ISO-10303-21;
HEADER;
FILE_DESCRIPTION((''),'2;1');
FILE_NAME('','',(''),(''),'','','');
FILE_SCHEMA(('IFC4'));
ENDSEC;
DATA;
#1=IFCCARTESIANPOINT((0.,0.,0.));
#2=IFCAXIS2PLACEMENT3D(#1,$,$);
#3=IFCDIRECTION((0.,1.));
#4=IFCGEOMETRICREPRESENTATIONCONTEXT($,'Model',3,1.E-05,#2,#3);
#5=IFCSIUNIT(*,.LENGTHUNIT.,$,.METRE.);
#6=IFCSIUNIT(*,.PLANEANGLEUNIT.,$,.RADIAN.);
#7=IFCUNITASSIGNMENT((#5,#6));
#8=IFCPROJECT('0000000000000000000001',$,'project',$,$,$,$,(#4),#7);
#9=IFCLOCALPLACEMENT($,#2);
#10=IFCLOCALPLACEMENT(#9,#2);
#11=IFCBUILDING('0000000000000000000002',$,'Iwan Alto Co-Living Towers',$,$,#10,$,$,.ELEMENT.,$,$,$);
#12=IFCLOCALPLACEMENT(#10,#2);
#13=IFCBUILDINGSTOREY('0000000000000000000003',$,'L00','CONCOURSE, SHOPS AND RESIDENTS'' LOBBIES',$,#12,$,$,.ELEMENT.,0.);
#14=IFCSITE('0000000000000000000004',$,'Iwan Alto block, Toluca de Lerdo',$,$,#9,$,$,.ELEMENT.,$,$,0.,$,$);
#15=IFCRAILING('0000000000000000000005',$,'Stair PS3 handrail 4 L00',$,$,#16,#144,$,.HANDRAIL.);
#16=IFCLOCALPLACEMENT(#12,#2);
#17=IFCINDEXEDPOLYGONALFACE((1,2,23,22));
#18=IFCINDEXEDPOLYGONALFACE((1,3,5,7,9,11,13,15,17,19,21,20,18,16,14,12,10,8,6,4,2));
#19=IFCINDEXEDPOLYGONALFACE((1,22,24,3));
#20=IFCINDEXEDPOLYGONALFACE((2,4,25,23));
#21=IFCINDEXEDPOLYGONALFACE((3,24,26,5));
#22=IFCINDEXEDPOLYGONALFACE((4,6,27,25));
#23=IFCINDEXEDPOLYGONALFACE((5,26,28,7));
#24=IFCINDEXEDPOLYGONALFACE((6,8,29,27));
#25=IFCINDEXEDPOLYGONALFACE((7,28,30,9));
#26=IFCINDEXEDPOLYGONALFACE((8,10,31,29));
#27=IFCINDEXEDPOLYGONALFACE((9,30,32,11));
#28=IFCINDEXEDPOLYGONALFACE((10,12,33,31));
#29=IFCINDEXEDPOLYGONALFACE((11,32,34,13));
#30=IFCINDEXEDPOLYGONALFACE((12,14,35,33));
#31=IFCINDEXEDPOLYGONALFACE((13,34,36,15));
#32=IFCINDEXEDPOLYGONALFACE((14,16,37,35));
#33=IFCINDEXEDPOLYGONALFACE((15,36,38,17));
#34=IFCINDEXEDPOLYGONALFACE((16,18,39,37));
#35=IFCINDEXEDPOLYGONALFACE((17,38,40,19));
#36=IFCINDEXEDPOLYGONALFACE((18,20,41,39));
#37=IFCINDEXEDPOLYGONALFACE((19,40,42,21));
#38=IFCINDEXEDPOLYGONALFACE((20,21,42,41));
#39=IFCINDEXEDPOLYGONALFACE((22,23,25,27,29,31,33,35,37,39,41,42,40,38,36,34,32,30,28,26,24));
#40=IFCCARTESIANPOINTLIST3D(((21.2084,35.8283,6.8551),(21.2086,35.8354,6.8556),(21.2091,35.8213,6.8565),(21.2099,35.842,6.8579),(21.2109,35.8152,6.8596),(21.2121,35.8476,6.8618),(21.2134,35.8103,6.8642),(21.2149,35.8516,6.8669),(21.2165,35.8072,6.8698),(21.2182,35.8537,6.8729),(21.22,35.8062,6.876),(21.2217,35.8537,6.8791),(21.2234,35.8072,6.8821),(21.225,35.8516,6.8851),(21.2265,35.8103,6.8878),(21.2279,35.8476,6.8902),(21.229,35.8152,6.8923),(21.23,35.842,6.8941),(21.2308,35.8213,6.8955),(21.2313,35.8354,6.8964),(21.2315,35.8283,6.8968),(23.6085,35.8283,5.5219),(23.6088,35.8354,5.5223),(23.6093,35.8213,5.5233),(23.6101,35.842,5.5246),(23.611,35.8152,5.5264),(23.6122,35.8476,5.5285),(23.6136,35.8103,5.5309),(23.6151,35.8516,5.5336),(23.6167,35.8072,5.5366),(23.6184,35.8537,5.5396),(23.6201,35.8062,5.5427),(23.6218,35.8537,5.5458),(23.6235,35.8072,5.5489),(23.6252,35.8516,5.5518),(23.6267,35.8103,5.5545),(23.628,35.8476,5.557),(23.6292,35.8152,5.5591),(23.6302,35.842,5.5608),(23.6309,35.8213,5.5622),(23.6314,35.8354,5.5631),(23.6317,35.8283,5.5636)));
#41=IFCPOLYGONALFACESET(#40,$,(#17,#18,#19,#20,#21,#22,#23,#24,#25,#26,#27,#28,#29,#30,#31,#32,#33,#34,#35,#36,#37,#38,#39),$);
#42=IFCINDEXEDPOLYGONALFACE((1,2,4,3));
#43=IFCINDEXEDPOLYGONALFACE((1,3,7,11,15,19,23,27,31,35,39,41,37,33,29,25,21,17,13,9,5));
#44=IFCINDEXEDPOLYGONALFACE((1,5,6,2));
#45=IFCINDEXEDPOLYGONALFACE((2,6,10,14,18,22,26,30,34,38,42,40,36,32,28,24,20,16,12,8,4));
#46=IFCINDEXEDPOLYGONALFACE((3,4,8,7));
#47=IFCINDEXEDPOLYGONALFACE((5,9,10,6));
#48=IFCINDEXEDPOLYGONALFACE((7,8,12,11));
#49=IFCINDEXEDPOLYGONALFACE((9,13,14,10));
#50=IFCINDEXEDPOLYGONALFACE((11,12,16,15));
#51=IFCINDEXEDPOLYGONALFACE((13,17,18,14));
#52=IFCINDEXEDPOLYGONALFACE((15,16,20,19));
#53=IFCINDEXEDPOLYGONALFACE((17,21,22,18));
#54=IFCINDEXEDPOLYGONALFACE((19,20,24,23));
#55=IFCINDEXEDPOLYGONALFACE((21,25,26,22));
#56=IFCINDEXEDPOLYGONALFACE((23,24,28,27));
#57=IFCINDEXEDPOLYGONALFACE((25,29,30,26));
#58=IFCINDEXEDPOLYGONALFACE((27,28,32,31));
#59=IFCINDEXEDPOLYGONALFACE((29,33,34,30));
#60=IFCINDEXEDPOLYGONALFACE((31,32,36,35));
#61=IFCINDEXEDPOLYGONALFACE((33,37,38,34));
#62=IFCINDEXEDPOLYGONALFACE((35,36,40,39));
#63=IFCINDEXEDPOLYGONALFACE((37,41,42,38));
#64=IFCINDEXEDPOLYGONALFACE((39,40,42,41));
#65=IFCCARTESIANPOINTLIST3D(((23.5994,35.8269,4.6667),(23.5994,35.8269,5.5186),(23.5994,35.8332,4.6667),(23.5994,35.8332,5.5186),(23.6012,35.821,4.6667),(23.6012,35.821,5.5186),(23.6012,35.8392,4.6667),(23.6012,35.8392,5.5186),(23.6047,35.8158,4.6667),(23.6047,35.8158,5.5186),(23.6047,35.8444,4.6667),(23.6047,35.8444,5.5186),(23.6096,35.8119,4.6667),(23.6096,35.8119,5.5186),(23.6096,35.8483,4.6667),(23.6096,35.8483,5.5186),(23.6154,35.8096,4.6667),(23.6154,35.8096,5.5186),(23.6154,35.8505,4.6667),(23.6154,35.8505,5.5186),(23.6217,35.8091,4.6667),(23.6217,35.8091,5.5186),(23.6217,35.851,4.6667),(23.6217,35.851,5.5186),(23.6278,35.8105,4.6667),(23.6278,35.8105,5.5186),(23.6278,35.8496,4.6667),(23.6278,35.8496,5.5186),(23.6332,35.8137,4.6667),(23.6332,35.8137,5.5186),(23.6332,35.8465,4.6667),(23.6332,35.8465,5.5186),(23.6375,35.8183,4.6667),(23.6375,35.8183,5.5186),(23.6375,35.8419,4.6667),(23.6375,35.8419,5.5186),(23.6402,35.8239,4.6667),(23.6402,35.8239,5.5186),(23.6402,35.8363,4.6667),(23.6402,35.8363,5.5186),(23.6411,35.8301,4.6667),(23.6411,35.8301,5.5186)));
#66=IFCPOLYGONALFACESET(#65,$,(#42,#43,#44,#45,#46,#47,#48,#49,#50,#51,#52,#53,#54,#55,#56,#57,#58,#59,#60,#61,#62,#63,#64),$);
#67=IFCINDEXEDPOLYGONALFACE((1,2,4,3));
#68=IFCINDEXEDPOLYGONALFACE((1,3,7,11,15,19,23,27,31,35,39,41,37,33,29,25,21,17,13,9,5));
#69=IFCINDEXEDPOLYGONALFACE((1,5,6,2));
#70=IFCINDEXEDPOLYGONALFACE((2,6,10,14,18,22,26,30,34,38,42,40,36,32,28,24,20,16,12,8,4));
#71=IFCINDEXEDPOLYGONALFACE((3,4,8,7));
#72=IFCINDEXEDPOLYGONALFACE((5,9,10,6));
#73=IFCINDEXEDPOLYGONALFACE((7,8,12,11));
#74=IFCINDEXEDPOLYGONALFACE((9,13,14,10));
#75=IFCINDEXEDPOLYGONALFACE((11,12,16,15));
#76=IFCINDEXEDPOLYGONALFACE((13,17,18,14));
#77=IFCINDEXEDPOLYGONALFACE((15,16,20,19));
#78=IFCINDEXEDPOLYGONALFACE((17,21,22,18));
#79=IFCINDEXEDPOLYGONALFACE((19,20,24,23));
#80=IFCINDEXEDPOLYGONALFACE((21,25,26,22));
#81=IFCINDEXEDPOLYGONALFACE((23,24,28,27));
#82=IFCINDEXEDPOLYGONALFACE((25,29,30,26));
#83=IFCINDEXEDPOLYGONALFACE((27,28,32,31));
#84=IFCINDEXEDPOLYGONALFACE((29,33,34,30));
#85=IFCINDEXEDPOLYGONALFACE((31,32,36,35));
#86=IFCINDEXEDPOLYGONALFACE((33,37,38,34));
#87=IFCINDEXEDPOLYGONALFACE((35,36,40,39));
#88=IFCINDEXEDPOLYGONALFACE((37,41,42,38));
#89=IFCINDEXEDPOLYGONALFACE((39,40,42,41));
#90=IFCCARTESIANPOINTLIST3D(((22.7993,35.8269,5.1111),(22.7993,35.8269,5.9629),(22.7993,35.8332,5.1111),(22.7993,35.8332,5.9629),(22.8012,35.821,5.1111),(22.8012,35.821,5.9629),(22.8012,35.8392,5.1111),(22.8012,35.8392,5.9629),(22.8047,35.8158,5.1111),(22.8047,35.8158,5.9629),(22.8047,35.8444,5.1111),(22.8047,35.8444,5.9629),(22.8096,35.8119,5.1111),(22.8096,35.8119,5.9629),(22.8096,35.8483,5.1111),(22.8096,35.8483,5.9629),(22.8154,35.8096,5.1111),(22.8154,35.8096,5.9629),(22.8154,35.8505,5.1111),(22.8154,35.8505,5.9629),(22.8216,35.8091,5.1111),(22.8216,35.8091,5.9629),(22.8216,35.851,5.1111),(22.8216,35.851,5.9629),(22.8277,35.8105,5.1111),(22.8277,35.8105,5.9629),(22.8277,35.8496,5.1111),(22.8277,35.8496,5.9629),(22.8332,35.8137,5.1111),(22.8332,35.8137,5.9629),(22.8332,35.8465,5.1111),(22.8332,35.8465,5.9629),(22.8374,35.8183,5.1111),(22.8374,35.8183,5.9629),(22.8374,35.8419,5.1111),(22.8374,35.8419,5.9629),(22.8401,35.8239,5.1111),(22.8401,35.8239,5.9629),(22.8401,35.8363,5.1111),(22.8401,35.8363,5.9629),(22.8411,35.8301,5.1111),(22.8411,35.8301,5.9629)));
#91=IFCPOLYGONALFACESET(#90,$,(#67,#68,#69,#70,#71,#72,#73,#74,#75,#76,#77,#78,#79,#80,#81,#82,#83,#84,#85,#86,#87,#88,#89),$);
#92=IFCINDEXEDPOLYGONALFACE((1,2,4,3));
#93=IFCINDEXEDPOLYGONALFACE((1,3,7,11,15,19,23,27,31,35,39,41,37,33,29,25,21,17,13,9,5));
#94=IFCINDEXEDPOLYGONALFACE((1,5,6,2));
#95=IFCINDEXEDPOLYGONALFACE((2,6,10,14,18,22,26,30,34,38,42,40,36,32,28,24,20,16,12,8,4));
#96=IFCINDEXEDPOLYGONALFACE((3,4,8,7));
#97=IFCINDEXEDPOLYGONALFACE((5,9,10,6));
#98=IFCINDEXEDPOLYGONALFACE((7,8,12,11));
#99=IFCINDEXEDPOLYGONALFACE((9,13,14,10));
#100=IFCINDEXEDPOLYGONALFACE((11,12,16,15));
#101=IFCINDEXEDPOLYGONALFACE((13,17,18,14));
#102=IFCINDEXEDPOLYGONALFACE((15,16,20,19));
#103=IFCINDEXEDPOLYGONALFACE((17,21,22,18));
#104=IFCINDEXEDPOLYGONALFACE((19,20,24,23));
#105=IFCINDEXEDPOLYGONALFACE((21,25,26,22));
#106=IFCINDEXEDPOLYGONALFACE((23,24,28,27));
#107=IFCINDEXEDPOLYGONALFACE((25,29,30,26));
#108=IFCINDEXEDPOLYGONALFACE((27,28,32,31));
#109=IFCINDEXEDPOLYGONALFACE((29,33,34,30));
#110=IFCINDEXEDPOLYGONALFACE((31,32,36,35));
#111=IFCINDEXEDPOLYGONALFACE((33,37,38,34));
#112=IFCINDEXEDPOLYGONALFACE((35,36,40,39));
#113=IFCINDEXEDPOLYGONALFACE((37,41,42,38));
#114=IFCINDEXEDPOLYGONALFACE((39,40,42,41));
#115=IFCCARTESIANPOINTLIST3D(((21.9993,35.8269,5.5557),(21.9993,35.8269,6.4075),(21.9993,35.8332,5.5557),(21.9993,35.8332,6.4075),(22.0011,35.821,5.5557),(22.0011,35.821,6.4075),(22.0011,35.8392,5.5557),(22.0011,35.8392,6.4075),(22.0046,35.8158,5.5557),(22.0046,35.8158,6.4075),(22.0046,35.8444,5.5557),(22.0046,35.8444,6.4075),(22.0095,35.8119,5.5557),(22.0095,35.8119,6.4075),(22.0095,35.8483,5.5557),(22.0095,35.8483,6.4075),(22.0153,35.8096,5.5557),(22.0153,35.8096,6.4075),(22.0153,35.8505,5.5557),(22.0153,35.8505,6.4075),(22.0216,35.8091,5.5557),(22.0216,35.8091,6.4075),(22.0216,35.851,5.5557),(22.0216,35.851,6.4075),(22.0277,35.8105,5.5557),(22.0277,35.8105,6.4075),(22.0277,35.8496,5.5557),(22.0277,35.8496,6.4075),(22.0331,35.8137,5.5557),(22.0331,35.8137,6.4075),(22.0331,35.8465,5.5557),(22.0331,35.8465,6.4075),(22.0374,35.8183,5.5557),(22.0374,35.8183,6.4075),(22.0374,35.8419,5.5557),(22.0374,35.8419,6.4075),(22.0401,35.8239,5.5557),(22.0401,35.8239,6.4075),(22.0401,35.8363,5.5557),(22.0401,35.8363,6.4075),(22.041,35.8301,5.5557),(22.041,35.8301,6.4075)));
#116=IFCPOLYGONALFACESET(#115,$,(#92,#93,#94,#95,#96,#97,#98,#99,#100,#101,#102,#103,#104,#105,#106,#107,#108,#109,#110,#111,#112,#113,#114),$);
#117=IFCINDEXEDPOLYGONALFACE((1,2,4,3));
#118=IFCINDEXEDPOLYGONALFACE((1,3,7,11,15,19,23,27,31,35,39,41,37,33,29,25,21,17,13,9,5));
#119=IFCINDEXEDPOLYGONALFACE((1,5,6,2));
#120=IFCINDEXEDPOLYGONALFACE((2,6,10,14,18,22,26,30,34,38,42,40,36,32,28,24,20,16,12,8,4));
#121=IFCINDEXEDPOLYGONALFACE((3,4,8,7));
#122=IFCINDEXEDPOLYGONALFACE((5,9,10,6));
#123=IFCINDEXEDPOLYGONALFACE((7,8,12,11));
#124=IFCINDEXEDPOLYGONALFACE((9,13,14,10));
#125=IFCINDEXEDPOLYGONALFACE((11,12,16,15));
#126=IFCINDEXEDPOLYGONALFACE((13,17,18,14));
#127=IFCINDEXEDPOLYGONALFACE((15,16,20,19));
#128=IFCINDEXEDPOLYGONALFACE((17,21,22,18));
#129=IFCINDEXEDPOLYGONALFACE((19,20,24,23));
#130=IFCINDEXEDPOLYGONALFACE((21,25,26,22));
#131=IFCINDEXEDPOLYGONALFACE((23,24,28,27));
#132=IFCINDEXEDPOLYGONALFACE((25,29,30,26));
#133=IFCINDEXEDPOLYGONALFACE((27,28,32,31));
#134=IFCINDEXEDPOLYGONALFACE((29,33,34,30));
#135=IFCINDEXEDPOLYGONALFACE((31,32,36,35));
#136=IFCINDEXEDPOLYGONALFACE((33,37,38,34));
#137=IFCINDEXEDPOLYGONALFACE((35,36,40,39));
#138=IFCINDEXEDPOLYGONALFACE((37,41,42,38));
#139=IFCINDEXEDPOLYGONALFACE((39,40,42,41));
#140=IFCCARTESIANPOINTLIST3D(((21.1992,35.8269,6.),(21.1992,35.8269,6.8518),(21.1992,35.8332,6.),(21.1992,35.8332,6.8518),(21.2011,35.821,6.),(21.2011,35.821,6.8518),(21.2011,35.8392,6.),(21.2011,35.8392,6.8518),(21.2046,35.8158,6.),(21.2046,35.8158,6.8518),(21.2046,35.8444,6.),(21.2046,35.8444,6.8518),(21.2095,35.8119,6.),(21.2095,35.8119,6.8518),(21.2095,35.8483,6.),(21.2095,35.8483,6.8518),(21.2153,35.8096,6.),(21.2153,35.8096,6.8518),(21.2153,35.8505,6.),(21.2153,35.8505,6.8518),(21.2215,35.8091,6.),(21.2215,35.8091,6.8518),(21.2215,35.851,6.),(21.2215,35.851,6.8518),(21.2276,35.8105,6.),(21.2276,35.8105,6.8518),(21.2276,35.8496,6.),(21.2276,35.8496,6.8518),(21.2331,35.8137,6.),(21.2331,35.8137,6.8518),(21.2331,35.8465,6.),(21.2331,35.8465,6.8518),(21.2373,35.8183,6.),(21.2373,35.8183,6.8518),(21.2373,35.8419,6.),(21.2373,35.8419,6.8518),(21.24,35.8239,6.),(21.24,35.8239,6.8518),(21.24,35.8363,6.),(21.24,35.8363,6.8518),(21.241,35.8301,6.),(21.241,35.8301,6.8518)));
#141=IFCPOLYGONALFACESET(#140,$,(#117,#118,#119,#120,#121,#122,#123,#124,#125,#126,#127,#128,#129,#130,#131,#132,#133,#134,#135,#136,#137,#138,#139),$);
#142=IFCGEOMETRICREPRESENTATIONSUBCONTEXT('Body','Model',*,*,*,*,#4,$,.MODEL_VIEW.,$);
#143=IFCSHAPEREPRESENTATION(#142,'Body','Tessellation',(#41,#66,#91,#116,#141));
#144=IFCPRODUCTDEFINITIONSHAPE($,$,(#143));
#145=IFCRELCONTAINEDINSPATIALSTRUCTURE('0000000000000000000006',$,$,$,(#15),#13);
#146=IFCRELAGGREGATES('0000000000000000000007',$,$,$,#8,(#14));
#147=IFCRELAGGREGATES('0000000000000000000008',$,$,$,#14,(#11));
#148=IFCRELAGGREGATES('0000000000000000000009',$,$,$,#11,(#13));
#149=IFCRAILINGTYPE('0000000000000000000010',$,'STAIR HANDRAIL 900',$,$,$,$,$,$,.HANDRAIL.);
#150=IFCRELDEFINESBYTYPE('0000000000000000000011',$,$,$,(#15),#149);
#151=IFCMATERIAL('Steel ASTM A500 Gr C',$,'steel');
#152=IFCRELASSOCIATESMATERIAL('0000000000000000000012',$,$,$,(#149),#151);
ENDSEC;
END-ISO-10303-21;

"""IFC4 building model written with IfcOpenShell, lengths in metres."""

from ifc_helpers import new_model, si_unit, direction, frame, origin, origin_2d, place, context, subcontext, project, spatial, circle, extrude, material, type_object, element, save


model = new_model("IFC4")

# Units and contexts
model_context = context("Model", 3, precision=1e-05, world=origin(), true_north=direction((0.0, 1.0)))
body_context = subcontext(model_context, "Body", "Model", "MODEL_VIEW")
ifc_project = project(units=[si_unit("LENGTHUNIT", "METRE"), si_unit("PLANEANGLEUNIT", "RADIAN")], contexts=[model_context])

# Site, building, storey
site_placement = place(None, origin())
site = spatial("IfcSite", under=ifc_project, at=site_placement, Name="Iwan Alto block, Toluca de Lerdo", CompositionType="ELEMENT", RefElevation=0.0)
building_placement = place(site_placement, origin())
building = spatial("IfcBuilding", under=site, at=building_placement, Name="Iwan Alto Co-Living Towers", CompositionType="ELEMENT")
storey_placement = place(building_placement, origin())
storey = spatial("IfcBuildingStorey", under=building, at=storey_placement, Name="L00", Description="CONCOURSE, SHOPS AND RESIDENTS' LOBBIES", CompositionType="ELEMENT", Elevation=0.0)

# Railing
ifc_material_1 = material(Name="Steel ASTM A500 Gr C", Category="steel")
railing_type_1 = type_object("IfcRailingType", Name="STAIR HANDRAIL 900", PredefinedType="HANDRAIL", material=ifc_material_1)
railing_1_placement = place(storey_placement, frame((23.6201, 35.8301, 4.6667)))
element("IfcRailing", 1, at=railing_1_placement, inside=storey, type_object=railing_type_1, Name="Stair PS3 handrail 4 L00", PredefinedType="HANDRAIL", context=body_context, shape_type="SweptSolid", body=[
    extrude(circle(Radius=0.0239, at=origin_2d()), frame((0.0, 0.0, 0.876), z_axis=(-0.874182, 0.0, 0.485598), x_axis=(0.0, -1.0, 0.0)), (0.0, 0.0, 1.0), 2.7456),
    extrude(circle(Radius=0.021, at=origin_2d()), origin(), (0.0, 0.0, 1.0), 0.8518),
    extrude(circle(Radius=0.021, at=origin_2d()), frame((-0.8, 0.0, 0.4443)), (0.0, 0.0, 1.0), 0.8518),
    extrude(circle(Radius=0.021, at=origin_2d()), frame((-1.6001, 0.0, 0.8889)), (0.0, 0.0, 1.0), 0.8518),
    extrude(circle(Radius=0.021, at=origin_2d()), frame((-2.4001, 0.0, 1.3333)), (0.0, 0.0, 1.0), 0.8518),
])

save(model, "model.ifc")
